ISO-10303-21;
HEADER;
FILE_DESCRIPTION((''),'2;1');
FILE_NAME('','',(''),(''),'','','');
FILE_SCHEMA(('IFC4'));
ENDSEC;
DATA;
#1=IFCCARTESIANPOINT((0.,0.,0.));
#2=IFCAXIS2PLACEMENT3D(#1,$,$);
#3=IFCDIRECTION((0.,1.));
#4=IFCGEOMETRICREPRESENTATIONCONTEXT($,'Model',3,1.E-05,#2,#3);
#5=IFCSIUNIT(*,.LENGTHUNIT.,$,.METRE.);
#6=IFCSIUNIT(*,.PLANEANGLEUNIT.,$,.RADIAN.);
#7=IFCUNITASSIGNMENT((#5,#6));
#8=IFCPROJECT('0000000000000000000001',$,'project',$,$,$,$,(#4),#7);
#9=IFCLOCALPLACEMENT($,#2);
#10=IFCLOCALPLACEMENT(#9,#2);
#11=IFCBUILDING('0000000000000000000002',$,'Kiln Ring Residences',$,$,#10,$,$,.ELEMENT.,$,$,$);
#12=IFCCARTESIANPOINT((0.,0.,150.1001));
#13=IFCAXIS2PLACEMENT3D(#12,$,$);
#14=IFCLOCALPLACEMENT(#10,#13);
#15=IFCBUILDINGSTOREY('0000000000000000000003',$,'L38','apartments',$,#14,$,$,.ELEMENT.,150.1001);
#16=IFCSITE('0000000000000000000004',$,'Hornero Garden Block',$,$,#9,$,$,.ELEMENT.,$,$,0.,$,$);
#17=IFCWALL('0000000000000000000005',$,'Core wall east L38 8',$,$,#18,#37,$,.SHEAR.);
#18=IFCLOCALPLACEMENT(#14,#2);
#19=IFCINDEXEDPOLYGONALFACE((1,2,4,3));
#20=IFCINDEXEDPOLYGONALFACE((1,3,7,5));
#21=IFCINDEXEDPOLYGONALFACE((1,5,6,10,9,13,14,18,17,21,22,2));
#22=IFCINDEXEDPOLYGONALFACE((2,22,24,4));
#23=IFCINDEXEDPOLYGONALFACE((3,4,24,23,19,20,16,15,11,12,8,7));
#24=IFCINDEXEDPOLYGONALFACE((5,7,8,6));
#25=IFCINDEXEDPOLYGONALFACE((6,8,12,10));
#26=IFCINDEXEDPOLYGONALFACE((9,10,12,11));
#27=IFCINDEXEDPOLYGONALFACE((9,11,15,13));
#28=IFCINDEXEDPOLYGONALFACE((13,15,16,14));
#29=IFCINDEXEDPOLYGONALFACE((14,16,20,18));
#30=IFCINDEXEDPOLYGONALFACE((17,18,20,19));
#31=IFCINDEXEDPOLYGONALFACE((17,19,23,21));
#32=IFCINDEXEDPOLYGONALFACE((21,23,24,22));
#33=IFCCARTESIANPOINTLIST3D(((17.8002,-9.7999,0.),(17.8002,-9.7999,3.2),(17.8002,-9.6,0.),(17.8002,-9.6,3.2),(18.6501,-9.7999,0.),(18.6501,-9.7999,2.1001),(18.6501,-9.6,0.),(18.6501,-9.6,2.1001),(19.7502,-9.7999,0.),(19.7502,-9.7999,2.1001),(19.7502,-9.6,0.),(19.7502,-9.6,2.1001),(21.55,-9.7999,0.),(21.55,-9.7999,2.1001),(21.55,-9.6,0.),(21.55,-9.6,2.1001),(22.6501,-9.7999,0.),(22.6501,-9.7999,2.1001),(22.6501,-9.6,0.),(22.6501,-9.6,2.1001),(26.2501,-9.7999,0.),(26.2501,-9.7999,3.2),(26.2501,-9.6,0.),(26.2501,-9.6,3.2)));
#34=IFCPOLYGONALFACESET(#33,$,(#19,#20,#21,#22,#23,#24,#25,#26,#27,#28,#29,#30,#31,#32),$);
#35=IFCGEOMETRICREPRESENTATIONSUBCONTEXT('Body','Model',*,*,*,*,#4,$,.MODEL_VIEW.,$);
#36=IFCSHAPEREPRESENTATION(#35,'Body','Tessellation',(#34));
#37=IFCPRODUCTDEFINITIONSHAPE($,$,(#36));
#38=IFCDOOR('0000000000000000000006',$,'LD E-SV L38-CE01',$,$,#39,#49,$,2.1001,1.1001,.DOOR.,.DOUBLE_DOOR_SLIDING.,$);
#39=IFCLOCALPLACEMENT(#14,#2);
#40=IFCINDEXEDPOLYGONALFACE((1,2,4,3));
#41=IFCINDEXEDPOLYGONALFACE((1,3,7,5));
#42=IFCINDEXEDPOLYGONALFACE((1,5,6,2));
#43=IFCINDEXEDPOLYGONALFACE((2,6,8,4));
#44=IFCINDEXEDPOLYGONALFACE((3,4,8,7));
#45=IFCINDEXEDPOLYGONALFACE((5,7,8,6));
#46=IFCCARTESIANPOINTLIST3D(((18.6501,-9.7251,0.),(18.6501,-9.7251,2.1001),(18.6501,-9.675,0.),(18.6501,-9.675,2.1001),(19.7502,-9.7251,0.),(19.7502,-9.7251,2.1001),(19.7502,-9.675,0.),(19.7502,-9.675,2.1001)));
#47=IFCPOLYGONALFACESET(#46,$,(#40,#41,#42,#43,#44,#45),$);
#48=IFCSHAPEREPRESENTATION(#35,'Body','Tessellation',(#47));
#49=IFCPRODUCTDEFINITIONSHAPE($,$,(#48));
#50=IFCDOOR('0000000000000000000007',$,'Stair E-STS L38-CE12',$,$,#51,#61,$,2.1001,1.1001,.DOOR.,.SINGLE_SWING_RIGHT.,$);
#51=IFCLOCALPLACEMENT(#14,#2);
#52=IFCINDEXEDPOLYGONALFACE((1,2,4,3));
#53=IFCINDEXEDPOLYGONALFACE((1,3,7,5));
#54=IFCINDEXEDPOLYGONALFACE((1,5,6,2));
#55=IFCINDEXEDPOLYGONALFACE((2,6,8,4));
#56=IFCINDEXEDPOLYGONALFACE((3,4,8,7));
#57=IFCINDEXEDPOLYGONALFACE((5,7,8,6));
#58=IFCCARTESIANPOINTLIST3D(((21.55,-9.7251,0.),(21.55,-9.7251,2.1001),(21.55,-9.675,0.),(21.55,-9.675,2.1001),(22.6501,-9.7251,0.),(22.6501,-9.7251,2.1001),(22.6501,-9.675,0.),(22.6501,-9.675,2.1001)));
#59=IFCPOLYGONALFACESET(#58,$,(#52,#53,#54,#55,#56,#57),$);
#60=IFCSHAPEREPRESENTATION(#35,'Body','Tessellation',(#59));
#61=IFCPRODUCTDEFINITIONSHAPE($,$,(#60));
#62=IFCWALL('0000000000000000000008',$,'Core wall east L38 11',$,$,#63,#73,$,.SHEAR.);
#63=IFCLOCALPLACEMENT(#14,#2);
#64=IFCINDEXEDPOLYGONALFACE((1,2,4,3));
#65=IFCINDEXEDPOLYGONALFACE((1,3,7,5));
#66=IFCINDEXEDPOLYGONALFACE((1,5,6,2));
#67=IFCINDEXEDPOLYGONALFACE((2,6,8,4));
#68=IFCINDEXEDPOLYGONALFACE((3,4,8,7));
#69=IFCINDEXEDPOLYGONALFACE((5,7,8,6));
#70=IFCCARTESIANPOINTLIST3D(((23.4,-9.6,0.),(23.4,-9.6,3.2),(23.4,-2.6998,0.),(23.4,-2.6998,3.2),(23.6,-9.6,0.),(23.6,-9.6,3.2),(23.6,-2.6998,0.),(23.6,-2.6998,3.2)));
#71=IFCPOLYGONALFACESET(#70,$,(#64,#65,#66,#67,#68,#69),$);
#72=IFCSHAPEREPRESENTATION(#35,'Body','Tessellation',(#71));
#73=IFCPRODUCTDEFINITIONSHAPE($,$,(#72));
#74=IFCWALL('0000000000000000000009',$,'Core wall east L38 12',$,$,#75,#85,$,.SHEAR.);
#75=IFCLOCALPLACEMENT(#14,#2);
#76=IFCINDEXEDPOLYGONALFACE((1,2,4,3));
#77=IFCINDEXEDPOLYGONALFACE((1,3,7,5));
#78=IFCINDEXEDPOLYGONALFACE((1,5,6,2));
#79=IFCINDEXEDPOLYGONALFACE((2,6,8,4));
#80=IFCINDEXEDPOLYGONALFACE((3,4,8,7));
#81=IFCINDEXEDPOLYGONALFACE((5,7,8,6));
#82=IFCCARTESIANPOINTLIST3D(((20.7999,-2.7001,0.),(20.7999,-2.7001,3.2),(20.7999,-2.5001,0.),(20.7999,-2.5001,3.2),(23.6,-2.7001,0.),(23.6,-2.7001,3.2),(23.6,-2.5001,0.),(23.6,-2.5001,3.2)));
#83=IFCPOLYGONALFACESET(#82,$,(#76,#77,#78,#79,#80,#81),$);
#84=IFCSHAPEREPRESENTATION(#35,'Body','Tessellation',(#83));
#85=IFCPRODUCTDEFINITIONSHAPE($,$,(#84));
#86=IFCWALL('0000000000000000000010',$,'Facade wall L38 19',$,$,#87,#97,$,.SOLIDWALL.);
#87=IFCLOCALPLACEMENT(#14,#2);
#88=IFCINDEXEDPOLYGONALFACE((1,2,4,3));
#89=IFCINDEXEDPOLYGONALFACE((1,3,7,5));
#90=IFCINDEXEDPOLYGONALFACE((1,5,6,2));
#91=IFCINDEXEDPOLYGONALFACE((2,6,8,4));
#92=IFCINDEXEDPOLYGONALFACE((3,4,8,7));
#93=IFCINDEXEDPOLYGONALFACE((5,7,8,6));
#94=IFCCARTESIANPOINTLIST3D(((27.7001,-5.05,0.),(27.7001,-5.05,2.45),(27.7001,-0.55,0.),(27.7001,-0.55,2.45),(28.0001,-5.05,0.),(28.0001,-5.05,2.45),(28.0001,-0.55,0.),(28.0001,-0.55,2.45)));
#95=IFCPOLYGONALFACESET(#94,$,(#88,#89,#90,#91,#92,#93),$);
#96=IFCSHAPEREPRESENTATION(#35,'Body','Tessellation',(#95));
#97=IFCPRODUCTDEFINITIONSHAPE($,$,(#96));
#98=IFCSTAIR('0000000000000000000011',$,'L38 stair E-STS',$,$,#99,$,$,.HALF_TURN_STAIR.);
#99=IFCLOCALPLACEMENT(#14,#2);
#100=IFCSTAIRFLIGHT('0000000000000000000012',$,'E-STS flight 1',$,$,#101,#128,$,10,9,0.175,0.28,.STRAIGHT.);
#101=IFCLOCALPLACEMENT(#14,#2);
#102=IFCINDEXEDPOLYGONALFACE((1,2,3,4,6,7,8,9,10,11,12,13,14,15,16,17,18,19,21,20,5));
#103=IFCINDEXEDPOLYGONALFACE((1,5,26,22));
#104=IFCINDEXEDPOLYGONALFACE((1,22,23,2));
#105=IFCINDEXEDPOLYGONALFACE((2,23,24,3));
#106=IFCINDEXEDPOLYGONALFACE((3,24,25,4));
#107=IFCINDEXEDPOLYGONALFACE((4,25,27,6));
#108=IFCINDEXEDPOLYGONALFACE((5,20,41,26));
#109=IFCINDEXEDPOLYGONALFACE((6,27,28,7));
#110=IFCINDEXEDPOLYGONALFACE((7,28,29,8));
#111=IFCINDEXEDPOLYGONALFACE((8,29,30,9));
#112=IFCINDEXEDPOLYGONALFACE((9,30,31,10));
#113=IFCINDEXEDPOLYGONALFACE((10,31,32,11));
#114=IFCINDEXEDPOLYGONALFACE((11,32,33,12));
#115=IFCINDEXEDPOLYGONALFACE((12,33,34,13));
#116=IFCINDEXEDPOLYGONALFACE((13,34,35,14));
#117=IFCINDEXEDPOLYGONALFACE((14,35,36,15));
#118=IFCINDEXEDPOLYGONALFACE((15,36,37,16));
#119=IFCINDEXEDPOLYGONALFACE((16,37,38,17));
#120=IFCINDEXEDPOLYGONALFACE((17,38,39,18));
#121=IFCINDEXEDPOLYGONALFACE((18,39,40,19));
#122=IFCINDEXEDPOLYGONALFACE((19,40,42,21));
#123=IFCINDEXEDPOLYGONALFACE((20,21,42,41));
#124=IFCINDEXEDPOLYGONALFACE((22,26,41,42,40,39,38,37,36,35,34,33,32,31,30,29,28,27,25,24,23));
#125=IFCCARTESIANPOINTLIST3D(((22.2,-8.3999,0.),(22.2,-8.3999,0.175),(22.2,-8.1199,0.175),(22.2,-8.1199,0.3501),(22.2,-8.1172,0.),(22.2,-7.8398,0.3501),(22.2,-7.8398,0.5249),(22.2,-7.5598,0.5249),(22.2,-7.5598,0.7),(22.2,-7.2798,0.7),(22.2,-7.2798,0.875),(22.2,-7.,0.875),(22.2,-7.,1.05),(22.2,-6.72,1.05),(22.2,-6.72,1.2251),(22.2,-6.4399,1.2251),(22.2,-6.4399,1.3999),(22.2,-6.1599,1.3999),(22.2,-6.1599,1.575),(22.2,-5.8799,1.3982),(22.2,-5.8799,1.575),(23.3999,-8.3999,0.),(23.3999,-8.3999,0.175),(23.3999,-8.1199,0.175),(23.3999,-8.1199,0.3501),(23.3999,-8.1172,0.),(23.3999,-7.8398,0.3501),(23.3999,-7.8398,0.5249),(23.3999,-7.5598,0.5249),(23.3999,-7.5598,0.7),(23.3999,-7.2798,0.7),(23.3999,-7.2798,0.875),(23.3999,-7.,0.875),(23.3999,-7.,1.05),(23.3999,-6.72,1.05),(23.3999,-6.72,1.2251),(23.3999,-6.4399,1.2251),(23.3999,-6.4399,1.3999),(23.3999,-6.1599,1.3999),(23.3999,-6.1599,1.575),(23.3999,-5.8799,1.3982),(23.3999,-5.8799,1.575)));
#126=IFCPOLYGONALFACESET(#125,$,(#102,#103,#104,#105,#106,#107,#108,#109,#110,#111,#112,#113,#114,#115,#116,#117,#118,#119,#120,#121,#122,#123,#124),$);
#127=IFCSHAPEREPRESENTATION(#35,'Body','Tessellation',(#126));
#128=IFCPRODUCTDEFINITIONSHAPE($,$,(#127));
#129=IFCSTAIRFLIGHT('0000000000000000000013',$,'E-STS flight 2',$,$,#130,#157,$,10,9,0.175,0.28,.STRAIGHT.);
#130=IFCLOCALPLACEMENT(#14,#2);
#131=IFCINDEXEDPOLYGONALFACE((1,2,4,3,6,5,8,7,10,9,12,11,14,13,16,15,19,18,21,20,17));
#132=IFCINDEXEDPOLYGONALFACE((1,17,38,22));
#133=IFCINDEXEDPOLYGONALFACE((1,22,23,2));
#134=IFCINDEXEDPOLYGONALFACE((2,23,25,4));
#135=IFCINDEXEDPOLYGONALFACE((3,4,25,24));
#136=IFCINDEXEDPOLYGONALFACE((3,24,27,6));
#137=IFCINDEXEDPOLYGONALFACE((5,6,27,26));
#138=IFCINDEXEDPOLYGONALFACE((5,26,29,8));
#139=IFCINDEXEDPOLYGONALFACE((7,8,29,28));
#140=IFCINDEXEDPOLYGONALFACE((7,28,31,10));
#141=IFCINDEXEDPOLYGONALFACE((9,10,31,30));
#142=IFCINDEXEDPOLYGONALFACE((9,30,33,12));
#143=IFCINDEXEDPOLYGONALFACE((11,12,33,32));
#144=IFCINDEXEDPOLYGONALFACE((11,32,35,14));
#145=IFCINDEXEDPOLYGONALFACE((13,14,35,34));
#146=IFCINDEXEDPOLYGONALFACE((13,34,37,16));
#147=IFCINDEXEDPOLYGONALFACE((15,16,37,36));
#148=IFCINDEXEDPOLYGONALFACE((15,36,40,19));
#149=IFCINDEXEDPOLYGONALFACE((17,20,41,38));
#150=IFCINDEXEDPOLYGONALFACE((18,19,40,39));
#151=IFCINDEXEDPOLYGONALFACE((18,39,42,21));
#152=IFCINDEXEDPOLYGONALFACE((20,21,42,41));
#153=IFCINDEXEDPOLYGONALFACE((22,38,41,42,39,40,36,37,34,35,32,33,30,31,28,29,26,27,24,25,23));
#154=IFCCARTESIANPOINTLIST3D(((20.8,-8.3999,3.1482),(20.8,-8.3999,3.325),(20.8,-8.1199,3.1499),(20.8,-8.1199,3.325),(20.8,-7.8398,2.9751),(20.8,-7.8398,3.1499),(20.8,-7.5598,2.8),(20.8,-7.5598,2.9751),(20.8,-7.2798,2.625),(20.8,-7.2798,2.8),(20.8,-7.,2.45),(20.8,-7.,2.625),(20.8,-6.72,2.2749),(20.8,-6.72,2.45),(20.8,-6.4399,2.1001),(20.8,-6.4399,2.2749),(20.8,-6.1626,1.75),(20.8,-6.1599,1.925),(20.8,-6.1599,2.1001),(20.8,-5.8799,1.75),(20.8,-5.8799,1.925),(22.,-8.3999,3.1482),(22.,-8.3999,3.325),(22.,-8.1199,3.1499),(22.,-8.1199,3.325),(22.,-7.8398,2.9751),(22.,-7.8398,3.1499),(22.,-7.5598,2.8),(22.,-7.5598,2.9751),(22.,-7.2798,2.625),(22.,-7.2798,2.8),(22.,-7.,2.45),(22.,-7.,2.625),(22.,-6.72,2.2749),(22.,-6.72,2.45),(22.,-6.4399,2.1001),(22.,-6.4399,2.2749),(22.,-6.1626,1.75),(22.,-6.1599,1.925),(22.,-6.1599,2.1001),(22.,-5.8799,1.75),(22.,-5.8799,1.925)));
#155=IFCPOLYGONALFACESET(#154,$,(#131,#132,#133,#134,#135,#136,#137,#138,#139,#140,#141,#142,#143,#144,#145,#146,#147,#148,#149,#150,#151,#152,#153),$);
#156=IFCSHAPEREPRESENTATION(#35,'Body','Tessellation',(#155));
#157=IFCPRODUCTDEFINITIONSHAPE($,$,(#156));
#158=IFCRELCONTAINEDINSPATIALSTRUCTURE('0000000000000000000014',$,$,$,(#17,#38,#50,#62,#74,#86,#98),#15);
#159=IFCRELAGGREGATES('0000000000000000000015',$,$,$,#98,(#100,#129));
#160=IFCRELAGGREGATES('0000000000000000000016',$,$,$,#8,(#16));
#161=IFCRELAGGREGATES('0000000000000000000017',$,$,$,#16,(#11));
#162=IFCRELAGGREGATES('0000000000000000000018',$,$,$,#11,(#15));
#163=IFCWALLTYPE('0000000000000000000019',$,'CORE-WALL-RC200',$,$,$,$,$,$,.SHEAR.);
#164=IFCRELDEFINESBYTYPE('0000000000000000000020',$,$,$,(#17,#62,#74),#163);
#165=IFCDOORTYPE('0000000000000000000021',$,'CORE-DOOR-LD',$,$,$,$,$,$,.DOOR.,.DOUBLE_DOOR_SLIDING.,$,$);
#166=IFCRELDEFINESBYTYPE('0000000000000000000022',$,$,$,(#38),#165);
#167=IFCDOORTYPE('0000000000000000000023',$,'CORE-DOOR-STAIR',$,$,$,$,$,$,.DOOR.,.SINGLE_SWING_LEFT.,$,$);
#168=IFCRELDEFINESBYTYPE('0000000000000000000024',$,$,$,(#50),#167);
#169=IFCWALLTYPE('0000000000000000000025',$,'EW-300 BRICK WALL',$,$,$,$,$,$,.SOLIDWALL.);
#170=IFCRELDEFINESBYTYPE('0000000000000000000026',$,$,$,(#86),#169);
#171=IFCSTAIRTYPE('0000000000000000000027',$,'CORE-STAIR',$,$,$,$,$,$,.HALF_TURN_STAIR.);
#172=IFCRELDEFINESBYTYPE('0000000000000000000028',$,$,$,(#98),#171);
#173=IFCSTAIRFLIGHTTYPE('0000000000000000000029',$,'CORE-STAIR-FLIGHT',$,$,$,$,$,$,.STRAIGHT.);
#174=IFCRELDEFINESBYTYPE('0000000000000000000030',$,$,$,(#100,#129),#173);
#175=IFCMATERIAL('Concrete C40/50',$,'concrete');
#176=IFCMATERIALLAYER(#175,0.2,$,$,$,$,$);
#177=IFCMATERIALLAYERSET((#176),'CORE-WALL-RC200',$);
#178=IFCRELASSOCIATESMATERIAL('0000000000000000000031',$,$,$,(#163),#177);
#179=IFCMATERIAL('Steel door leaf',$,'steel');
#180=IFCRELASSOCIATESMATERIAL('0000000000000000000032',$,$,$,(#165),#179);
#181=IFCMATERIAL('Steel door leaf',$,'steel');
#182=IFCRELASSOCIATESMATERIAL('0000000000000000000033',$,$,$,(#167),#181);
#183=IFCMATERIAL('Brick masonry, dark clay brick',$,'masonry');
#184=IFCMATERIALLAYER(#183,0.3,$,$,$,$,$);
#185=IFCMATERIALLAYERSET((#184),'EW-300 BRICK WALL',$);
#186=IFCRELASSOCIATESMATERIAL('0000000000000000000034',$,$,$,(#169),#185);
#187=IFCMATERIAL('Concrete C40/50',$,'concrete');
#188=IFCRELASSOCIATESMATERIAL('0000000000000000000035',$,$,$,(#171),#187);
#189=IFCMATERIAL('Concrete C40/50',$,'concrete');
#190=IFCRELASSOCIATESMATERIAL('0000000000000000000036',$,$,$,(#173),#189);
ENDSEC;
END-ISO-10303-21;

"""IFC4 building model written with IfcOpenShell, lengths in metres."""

from ifc_helpers import new_model, si_unit, direction, frame, frame_2d, origin, place, context, subcontext, project, spatial, polyline, rectangle, outline, extrude, material, layer, layer_set, type_object, element, fill, aggregate, save


model = new_model("IFC4")

# Units and contexts
model_context = context("Model", 3, precision=1e-05, world=origin(), true_north=direction((0.0, 1.0)))
body_context = subcontext(model_context, "Body", "Model", "MODEL_VIEW")
ifc_project = project(units=[si_unit("LENGTHUNIT", "METRE"), si_unit("PLANEANGLEUNIT", "RADIAN")], contexts=[model_context])

# Site, building, storey
site_placement = place(None, origin())
site = spatial("IfcSite", under=ifc_project, at=site_placement, Name="Hornero Garden Block", CompositionType="ELEMENT", RefElevation=0.0)
building_placement = place(site_placement, origin())
building = spatial("IfcBuilding", under=site, at=building_placement, Name="Kiln Ring Residences", CompositionType="ELEMENT")
storey_placement = place(building_placement, frame((0.0, 0.0, 150.1001)))
storey = spatial("IfcBuildingStorey", under=building, at=storey_placement, Name="L38", Description="apartments", CompositionType="ELEMENT", Elevation=150.1001)

# Shared definitions
ifc_material_1 = material(Name="Concrete C40/50", Category="concrete")
ifc_layer_1 = layer(ifc_material_1, 0.2)
ifc_layer_set_1 = layer_set([ifc_layer_1], Name="CORE-WALL-RC200")
wall_type_1 = type_object("IfcWallType", Name="CORE-WALL-RC200", PredefinedType="SHEAR", material=ifc_layer_set_1)

# Wall, openings, doors
wall_1_placement = place(storey_placement, frame((17.8, -9.7, 0.0), z_axis=(0.0, 0.0, 1.0), x_axis=(1.0, 0.0, 0.0)))
wall_1 = element("IfcWall", 1, at=wall_1_placement, inside=storey, type_object=wall_type_1, Name="Core wall east L38 8", PredefinedType="SHEAR", context=body_context, shape_type="SweptSolid", body=[
    extrude(rectangle(XDim=8.45, YDim=0.2, at=frame_2d((4.2251, 0.0))), origin(), (0.0, 0.0, 1.0), 3.2),
])
opening_1_placement = place(wall_1_placement, frame((0.8501, 0.0, 0.0)))
opening_1 = element("IfcOpeningElement", 2, at=opening_1_placement, cuts=wall_1, PredefinedType="OPENING", context=body_context, shape_type="SweptSolid", body=[
    extrude(rectangle(XDim=1.1001, YDim=2.1001, at=frame_2d((0.55, 1.05))), frame((0.0, 0.1099, 0.0), z_axis=(0.0, -1.0, 0.0), x_axis=(1.0, 0.0, 0.0)), (0.0, 0.0, 1.0), 0.22),
])
opening_2_placement = place(wall_1_placement, frame((3.75, 0.0, 0.0)))
opening_2 = element("IfcOpeningElement", 3, at=opening_2_placement, cuts=wall_1, PredefinedType="OPENING", context=body_context, shape_type="SweptSolid", body=[
    extrude(rectangle(XDim=1.1001, YDim=2.1001, at=frame_2d((0.55, 1.05))), frame((0.0, 0.1099, 0.0), z_axis=(0.0, -1.0, 0.0), x_axis=(1.0, 0.0, 0.0)), (0.0, 0.0, 1.0), 0.22),
])
ifc_material_2 = material(Name="Steel door leaf", Category="steel")
door_type_1 = type_object("IfcDoorType", Name="CORE-DOOR-LD", OperationType="DOUBLE_DOOR_SLIDING", PredefinedType="DOOR", material=ifc_material_2)
door_1_placement = place(opening_1_placement, origin())
door_1 = element("IfcDoor", 4, at=door_1_placement, inside=storey, type_object=door_type_1, Name="LD E-SV L38-CE01", OperationType="DOUBLE_DOOR_SLIDING", OverallHeight=2.1001, OverallWidth=1.1001, PredefinedType="DOOR", context=body_context, shape_type="SweptSolid", body=[
    extrude(rectangle(XDim=1.1001, YDim=2.1001, at=frame_2d((0.55, 1.05))), frame((0.0, 0.0249, 0.0), z_axis=(0.0, -1.0, 0.0), x_axis=(1.0, 0.0, 0.0)), (0.0, 0.0, 1.0), 0.05),
])
fill(opening_1, door_1)
ifc_material_3 = material(Name="Steel door leaf", Category="steel")
door_type_2 = type_object("IfcDoorType", Name="CORE-DOOR-STAIR", OperationType="SINGLE_SWING_LEFT", PredefinedType="DOOR", material=ifc_material_3)
door_2_placement = place(opening_2_placement, origin())
door_2 = element("IfcDoor", 5, at=door_2_placement, inside=storey, type_object=door_type_2, Name="Stair E-STS L38-CE12", OperationType="SINGLE_SWING_RIGHT", OverallHeight=2.1001, OverallWidth=1.1001, PredefinedType="DOOR", context=body_context, shape_type="SweptSolid", body=[
    extrude(rectangle(XDim=1.1001, YDim=2.1001, at=frame_2d((0.55, 1.05))), frame((0.0, 0.0249, 0.0), z_axis=(0.0, -1.0, 0.0), x_axis=(1.0, 0.0, 0.0)), (0.0, 0.0, 1.0), 0.05),
])
fill(opening_2, door_2)

# Walls
wall_2_placement = place(storey_placement, frame((23.5, -9.6001, 0.0), z_axis=(0.0, 0.0, 1.0), x_axis=(0.0, 1.0, 0.0)))
element("IfcWall", 6, at=wall_2_placement, inside=storey, type_object=wall_type_1, Name="Core wall east L38 11", PredefinedType="SHEAR", context=body_context, shape_type="SweptSolid", body=[
    extrude(rectangle(XDim=6.9001, YDim=0.2, at=frame_2d((3.4502, 0.0))), origin(), (0.0, 0.0, 1.0), 3.2),
])
wall_3_placement = place(storey_placement, frame((20.8, -2.6001, 0.0), z_axis=(0.0, 0.0, 1.0), x_axis=(1.0, 0.0, 0.0)))
element("IfcWall", 7, at=wall_3_placement, inside=storey, type_object=wall_type_1, Name="Core wall east L38 12", PredefinedType="SHEAR", context=body_context, shape_type="SweptSolid", body=[
    extrude(rectangle(XDim=2.8, YDim=0.2, at=frame_2d((1.3999, 0.0))), origin(), (0.0, 0.0, 1.0), 3.2),
])
ifc_material_4 = material(Name="Brick masonry, dark clay brick", Category="masonry")
ifc_layer_2 = layer(ifc_material_4, 0.3)
ifc_layer_set_2 = layer_set([ifc_layer_2], Name="EW-300 BRICK WALL")
wall_type_2 = type_object("IfcWallType", Name="EW-300 BRICK WALL", PredefinedType="SOLIDWALL", material=ifc_layer_set_2)
wall_4_placement = place(storey_placement, frame((27.8501, -5.05, 0.0), z_axis=(0.0, 0.0, 1.0), x_axis=(0.0, 1.0, 0.0)))
element("IfcWall", 8, at=wall_4_placement, inside=storey, type_object=wall_type_2, Name="Facade wall L38 19", PredefinedType="SOLIDWALL", context=body_context, shape_type="SweptSolid", body=[
    extrude(rectangle(XDim=4.5, YDim=0.3, at=frame_2d((2.25, 0.0))), origin(), (0.0, 0.0, 1.0), 2.45),
])

# Stair, stair flights
ifc_material_5 = material(Name="Concrete C40/50", Category="concrete")
stair_type = type_object("IfcStairType", Name="CORE-STAIR", PredefinedType="HALF_TURN_STAIR", material=ifc_material_5)
stair_placement = place(storey_placement, origin())
stair = element("IfcStair", 9, at=stair_placement, inside=storey, type_object=stair_type, Name="L38 stair E-STS", PredefinedType="HALF_TURN_STAIR")
ifc_material_6 = material(Name="Concrete C40/50", Category="concrete")
stair_flight_type = type_object("IfcStairFlightType", Name="CORE-STAIR-FLIGHT", PredefinedType="STRAIGHT", material=ifc_material_6)
stair_flight_1_placement = place(storey_placement, frame((22.8, -8.3999, 0.0), z_axis=(0.0, 0.0, 1.0), x_axis=(0.0, 1.0, 0.0)))
stair_flight_1 = element("IfcStairFlight", 10, at=stair_flight_1_placement, type_object=stair_flight_type, Name="E-STS flight 1", NumberOfRisers=10, NumberOfTreads=9, PredefinedType="STRAIGHT", RiserHeight=0.175, TreadLength=0.28, context=body_context, shape_type="SweptSolid", body=[
    extrude(outline(polyline([(0.0, 0.0), (0.0, 0.175), (0.28, 0.175), (0.28, 0.3501), (0.5601, 0.3501), (0.5601, 0.5249), (0.8401, 0.5249), (0.8401, 0.7), (1.1201, 0.7), (1.1201, 0.875), (1.3999, 0.875), (1.3999, 1.05), (1.6799, 1.05), (1.6799, 1.2251), (1.96, 1.2251), (1.96, 1.3999), (2.24, 1.3999), (2.24, 1.575), (2.52, 1.575), (2.52, 1.75), (2.52, 1.3982), (0.2827, 0.0), (0.0, 0.0)])), frame((0.0, 0.6001, 0.0), z_axis=(0.0, -1.0, 0.0), x_axis=(1.0, 0.0, 0.0)), (0.0, 0.0, 1.0), 1.2),
])
stair_flight_2_placement = place(storey_placement, frame((21.3999, -5.8799, 1.75), z_axis=(0.0, 0.0, 1.0), x_axis=(0.0, -1.0, 0.0)))
stair_flight_2 = element("IfcStairFlight", 11, at=stair_flight_2_placement, type_object=stair_flight_type, Name="E-STS flight 2", NumberOfRisers=10, NumberOfTreads=9, PredefinedType="STRAIGHT", RiserHeight=0.175, TreadLength=0.28, context=body_context, shape_type="SweptSolid", body=[
    extrude(outline(polyline([(0.0, 0.0), (0.0, 0.175), (0.28, 0.175), (0.28, 0.3501), (0.5601, 0.3501), (0.5601, 0.5249), (0.8401, 0.5249), (0.8401, 0.7), (1.1201, 0.7), (1.1201, 0.875), (1.3999, 0.875), (1.3999, 1.05), (1.6799, 1.05), (1.6799, 1.2251), (1.96, 1.2251), (1.96, 1.3999), (2.24, 1.3999), (2.24, 1.575), (2.52, 1.575), (2.52, 1.75), (2.52, 1.3982), (0.2827, 0.0), (0.0, 0.0)])), frame((0.0, 0.6001, 0.0), z_axis=(0.0, -1.0, 0.0), x_axis=(1.0, 0.0, 0.0)), (0.0, 0.0, 1.0), 1.2),
])
aggregate(stair, [stair_flight_1, stair_flight_2])

save(model, "model.ifc")
